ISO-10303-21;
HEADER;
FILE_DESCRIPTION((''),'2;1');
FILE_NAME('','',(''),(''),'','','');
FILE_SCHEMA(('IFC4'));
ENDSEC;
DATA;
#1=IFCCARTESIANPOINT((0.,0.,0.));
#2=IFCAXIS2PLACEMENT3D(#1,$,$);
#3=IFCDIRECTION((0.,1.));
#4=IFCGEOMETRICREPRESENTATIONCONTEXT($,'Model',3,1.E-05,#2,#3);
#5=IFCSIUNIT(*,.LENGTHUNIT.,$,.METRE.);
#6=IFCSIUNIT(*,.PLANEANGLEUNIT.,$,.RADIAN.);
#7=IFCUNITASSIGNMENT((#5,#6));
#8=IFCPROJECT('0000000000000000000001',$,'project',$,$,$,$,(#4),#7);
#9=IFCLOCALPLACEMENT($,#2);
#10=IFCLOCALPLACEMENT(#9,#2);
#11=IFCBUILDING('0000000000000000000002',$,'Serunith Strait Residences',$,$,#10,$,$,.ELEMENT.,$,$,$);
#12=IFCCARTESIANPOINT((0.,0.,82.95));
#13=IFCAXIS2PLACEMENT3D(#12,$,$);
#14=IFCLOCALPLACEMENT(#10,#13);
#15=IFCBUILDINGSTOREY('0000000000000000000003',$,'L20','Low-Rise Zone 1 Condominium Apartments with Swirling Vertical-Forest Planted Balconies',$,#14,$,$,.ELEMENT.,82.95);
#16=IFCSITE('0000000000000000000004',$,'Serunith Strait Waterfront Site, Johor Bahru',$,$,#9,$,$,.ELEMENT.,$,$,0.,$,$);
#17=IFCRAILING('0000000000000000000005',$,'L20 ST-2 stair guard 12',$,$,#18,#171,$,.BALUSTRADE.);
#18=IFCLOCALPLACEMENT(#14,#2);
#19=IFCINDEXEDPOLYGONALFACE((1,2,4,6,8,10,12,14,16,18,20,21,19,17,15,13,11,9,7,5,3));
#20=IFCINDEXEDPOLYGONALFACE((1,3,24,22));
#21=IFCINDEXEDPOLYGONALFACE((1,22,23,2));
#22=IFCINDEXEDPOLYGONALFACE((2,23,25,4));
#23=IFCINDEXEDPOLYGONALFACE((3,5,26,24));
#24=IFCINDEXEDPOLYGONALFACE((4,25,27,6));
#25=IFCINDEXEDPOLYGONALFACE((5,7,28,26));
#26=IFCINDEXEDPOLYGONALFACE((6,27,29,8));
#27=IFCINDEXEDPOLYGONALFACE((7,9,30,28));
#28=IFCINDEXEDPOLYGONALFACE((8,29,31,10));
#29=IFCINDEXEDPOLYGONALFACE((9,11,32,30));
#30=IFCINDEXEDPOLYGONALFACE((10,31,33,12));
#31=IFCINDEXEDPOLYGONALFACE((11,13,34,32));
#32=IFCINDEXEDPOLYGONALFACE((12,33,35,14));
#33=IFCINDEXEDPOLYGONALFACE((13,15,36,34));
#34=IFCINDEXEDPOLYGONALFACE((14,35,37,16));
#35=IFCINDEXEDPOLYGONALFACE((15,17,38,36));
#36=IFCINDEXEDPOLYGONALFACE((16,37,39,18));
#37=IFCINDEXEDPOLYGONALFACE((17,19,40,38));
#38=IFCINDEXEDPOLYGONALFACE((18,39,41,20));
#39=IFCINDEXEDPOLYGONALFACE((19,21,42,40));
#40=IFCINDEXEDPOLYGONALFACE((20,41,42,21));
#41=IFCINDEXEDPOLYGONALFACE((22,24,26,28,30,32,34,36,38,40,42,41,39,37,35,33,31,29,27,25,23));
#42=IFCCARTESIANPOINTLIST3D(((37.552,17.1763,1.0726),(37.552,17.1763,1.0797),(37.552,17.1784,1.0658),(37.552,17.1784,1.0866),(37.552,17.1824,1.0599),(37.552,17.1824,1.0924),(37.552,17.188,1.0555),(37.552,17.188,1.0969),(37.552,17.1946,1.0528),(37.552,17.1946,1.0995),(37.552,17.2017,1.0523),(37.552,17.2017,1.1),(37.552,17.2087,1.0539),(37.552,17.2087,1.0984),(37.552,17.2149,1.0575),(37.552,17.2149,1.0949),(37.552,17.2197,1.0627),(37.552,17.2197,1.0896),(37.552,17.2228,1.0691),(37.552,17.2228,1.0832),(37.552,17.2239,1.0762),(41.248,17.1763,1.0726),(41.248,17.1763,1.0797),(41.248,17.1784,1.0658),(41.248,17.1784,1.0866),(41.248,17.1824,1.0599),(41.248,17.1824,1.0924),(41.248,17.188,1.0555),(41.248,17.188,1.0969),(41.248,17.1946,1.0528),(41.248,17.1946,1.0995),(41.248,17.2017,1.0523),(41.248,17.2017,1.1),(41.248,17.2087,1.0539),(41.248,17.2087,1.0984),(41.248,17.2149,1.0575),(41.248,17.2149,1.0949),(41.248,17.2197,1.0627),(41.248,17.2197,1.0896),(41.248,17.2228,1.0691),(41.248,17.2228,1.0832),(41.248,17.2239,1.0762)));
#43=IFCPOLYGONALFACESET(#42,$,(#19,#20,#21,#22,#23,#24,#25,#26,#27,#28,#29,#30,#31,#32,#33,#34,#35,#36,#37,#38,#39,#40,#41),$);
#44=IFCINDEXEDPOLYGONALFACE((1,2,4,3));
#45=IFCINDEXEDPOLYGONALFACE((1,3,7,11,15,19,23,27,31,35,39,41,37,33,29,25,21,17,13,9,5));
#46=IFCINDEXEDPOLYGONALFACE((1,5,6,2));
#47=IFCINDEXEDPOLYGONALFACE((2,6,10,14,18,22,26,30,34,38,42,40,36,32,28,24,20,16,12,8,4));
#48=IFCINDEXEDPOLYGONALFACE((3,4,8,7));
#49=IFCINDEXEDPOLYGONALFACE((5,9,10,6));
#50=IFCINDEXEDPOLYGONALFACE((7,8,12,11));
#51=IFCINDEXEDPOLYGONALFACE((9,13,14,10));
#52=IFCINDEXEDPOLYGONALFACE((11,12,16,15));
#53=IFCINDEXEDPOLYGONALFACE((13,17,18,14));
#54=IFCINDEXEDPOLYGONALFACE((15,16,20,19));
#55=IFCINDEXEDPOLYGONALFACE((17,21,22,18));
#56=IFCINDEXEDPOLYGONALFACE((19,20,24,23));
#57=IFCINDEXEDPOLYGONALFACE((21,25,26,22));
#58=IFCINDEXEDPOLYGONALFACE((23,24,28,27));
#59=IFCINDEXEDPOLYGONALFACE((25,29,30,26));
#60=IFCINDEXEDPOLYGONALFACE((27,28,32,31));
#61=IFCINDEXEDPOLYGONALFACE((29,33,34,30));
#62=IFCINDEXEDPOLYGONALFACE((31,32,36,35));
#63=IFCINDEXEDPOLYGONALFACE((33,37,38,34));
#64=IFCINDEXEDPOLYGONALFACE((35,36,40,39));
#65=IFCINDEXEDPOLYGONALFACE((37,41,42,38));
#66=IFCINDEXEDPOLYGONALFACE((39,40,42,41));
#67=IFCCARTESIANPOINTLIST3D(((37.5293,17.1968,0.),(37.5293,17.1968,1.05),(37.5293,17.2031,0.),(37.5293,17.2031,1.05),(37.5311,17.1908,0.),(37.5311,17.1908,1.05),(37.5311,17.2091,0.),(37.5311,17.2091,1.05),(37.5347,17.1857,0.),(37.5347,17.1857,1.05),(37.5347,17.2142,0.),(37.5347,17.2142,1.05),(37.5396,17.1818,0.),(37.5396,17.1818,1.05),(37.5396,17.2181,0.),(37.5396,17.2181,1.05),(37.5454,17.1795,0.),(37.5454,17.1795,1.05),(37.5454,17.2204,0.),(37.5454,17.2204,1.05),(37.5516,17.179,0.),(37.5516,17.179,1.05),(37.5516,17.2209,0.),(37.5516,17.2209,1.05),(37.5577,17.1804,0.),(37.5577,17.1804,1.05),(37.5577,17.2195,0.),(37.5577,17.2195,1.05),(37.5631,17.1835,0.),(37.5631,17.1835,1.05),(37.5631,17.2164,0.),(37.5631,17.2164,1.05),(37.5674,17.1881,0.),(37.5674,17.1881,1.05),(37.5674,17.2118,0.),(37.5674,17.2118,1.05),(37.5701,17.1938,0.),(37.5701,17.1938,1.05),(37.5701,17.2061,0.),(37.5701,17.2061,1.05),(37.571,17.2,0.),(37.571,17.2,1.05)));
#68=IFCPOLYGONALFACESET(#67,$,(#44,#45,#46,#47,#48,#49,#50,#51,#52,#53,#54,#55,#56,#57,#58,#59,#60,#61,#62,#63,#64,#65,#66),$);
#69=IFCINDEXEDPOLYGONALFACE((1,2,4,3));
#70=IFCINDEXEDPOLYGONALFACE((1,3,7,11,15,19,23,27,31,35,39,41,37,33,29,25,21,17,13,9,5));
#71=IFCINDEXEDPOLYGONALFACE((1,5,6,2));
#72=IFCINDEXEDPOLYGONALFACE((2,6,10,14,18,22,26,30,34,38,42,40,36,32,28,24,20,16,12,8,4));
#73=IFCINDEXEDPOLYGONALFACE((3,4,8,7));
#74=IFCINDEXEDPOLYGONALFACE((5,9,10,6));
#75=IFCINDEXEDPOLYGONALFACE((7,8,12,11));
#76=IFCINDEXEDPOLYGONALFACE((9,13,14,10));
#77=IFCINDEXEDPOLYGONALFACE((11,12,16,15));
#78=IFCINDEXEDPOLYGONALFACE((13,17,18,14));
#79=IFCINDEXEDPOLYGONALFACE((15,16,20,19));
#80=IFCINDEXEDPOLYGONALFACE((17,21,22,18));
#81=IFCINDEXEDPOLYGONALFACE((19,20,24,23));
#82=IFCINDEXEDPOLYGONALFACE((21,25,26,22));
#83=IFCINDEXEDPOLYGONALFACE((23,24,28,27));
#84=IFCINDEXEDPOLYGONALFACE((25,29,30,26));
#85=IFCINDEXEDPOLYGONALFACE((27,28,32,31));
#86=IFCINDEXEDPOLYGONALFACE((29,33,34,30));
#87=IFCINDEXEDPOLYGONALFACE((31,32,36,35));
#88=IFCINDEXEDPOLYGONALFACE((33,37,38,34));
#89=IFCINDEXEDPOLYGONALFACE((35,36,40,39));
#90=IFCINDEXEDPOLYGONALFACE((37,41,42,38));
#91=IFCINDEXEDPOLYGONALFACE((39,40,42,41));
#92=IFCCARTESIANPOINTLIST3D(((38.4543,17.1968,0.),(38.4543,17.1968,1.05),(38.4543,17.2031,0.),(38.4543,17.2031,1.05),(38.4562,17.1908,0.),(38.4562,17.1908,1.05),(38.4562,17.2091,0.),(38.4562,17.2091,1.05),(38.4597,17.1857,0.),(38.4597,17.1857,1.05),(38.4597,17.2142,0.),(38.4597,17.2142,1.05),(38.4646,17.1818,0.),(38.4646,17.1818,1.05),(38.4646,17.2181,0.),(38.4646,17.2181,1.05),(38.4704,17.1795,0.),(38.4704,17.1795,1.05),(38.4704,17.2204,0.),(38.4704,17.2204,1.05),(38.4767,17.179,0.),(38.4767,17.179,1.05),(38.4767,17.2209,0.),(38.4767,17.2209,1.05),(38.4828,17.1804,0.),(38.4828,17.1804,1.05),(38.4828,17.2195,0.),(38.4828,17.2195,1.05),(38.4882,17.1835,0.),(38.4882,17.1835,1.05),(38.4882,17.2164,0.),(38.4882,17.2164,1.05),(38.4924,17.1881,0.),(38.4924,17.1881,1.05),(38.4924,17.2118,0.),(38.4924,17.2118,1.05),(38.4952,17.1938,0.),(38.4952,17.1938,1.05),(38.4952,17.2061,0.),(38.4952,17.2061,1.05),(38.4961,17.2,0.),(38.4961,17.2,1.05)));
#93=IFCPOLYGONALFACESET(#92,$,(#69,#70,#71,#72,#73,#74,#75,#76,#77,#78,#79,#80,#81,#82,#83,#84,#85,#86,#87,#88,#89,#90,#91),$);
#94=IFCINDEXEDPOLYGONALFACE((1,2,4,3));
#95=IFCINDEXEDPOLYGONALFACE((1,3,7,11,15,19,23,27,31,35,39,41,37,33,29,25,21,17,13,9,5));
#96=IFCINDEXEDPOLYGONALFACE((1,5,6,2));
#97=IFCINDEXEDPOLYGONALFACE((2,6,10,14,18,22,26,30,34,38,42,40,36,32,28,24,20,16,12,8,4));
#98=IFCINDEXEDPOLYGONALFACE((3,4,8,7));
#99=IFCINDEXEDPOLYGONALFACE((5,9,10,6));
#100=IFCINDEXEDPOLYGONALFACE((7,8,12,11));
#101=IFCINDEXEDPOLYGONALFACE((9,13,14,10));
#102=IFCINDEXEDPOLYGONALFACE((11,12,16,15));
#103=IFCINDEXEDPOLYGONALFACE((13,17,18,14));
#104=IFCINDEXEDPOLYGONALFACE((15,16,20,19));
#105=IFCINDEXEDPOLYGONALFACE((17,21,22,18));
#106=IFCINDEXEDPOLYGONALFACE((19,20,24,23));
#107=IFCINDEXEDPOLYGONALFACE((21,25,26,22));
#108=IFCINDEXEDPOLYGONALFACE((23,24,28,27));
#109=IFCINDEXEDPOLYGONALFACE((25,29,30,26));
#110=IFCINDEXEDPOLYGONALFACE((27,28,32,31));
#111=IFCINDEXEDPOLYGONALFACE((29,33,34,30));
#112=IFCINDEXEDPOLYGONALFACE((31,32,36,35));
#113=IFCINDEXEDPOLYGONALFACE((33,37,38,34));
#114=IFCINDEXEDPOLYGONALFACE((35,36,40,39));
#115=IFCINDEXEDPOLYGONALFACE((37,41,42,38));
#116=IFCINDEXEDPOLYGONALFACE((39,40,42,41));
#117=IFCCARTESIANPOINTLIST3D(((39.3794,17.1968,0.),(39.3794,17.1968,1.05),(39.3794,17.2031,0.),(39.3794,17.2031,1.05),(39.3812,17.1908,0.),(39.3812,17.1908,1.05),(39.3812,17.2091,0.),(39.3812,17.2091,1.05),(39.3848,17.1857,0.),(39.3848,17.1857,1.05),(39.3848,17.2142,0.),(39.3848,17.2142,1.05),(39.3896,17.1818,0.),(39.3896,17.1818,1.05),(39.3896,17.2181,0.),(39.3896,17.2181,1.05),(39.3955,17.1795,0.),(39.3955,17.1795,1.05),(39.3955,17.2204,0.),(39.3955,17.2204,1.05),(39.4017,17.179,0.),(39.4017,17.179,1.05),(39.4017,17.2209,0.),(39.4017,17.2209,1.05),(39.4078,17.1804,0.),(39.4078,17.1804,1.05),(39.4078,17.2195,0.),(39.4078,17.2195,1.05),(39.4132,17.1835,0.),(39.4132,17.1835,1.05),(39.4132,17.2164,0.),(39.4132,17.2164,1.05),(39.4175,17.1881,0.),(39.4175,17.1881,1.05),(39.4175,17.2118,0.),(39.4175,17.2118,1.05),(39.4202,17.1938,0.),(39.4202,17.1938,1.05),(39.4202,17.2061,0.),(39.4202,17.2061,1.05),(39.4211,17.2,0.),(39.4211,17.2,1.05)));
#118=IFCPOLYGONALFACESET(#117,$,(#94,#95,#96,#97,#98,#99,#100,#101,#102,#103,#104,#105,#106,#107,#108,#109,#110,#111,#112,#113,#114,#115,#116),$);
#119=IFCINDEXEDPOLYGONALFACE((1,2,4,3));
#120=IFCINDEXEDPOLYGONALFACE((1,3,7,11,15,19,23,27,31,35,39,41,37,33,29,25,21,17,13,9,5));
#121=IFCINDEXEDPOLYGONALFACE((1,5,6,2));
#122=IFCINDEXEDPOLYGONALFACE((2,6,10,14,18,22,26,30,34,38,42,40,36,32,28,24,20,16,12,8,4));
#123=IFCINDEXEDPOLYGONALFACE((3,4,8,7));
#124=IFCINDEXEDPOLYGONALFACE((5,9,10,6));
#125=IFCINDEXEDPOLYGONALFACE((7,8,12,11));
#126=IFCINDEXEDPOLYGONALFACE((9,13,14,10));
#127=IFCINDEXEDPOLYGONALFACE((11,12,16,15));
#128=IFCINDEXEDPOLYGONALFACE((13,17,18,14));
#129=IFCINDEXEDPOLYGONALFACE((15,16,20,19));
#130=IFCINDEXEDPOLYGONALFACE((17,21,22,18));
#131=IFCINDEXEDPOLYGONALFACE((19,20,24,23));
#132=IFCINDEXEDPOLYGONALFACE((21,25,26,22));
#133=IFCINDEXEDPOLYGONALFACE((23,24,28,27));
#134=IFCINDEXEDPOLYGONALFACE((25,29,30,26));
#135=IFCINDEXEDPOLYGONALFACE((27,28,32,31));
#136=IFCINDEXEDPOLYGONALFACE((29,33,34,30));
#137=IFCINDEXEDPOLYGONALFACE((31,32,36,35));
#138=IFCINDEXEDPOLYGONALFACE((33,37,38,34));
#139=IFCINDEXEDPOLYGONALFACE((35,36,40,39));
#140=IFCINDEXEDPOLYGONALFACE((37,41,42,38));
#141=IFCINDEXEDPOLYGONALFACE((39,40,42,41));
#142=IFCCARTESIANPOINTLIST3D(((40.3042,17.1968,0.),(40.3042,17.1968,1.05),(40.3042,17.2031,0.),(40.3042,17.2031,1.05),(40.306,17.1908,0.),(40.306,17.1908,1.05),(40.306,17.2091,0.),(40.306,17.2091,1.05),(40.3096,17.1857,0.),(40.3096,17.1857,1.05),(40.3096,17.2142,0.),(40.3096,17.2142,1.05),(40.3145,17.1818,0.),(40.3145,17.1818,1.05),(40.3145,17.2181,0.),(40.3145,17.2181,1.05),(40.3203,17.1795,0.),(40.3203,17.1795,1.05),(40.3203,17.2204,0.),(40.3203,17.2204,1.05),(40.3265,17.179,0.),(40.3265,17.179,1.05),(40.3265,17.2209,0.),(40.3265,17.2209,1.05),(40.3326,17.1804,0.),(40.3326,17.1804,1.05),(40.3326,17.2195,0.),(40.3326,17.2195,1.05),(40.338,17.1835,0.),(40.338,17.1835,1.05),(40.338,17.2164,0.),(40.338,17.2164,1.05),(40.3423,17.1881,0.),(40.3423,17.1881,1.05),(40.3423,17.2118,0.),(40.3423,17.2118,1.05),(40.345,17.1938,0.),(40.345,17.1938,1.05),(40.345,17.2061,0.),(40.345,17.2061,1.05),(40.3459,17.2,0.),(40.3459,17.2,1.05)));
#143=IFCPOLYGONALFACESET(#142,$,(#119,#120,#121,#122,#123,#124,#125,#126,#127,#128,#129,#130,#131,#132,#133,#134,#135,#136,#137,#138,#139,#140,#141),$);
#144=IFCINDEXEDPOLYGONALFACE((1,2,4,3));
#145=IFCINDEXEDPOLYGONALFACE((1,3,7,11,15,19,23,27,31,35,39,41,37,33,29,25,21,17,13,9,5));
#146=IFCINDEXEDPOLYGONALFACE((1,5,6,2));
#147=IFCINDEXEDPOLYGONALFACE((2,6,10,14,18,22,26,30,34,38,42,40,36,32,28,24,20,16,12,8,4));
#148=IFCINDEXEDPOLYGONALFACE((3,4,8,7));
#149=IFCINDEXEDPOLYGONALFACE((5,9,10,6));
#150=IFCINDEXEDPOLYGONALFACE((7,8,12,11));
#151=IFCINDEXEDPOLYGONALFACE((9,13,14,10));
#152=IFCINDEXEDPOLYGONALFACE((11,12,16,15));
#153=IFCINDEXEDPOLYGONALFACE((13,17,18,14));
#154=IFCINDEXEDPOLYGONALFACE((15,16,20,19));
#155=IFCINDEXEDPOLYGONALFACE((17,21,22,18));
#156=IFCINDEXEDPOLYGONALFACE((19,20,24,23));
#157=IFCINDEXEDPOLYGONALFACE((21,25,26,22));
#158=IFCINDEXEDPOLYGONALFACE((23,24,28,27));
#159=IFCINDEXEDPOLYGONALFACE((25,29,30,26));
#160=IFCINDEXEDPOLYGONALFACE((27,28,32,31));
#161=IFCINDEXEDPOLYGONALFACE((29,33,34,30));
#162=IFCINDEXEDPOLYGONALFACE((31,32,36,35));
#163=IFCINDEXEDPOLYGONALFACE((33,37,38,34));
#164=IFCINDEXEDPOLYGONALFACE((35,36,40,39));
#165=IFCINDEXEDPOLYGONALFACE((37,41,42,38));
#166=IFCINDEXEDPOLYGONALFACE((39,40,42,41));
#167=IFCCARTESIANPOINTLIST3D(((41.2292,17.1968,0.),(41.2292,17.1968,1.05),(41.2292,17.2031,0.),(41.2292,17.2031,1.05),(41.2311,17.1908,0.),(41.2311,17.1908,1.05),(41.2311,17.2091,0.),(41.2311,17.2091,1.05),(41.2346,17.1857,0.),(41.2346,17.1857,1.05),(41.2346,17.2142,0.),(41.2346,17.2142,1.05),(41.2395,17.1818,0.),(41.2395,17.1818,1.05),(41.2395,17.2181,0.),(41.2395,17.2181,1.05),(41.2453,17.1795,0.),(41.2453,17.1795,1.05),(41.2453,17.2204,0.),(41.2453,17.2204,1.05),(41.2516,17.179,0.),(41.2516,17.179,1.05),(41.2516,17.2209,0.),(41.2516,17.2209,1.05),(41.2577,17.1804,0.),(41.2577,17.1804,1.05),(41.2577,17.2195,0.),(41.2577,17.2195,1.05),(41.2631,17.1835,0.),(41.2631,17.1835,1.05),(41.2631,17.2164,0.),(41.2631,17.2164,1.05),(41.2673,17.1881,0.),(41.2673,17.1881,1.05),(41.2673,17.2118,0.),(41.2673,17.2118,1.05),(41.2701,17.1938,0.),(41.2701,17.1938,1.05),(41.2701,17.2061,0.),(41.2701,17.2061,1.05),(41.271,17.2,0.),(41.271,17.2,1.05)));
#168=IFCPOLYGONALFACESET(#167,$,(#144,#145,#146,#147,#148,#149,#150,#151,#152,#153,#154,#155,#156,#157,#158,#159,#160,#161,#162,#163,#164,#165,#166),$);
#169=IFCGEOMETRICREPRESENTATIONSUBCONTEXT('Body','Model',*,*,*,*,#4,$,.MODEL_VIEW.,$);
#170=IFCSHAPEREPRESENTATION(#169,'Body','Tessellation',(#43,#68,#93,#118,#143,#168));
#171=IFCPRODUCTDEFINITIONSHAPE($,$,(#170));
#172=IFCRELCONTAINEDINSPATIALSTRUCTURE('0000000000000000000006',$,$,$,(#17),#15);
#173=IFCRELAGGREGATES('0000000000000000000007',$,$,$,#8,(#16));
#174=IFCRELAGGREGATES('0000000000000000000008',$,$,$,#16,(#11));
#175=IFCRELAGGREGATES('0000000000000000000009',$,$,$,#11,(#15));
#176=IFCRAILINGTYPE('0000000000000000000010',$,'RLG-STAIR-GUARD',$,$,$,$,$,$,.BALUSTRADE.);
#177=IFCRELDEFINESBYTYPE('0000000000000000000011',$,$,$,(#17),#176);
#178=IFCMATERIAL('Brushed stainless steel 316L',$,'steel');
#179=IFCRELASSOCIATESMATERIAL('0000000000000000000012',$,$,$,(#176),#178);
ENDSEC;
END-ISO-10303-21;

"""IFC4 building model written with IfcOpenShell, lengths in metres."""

from ifc_helpers import new_model, si_unit, direction, frame, origin, origin_2d, place, context, subcontext, project, spatial, circle, extrude, material, type_object, element, save


model = new_model("IFC4")

# Units and contexts
model_context = context("Model", 3, precision=1e-05, world=origin(), true_north=direction((0.0, 1.0)))
body_context = subcontext(model_context, "Body", "Model", "MODEL_VIEW")
ifc_project = project(units=[si_unit("LENGTHUNIT", "METRE"), si_unit("PLANEANGLEUNIT", "RADIAN")], contexts=[model_context])

# Site, building, storey
site_placement = place(None, origin())
site = spatial("IfcSite", under=ifc_project, at=site_placement, Name="Serunith Strait Waterfront Site, Johor Bahru", CompositionType="ELEMENT", RefElevation=0.0)
building_placement = place(site_placement, origin())
building = spatial("IfcBuilding", under=site, at=building_placement, Name="Serunith Strait Residences", CompositionType="ELEMENT")
storey_placement = place(building_placement, frame((0.0, 0.0, 82.95)))
storey = spatial("IfcBuildingStorey", under=building, at=storey_placement, Name="L20", Description="Low-Rise Zone 1 Condominium Apartments with Swirling Vertical-Forest Planted Balconies", CompositionType="ELEMENT", Elevation=82.95)

# Railing
ifc_material_1 = material(Name="Brushed stainless steel 316L", Category="steel")
railing_type_1 = type_object("IfcRailingType", Name="RLG-STAIR-GUARD", PredefinedType="BALUSTRADE", material=ifc_material_1)
railing_1_placement = place(storey_placement, frame((37.55, 17.2, 0.0)))
element("IfcRailing", 1, at=railing_1_placement, inside=storey, type_object=railing_type_1, Name="L20 ST-2 stair guard 12", PredefinedType="BALUSTRADE", context=body_context, shape_type="SweptSolid", body=[
    extrude(circle(Radius=0.0239, at=origin_2d()), frame((0.002, 0.0, 1.0762), z_axis=(1.0, 0.0, 0.0), x_axis=(0.0, 1.0, 0.0)), (0.0, 0.0, 1.0), 3.696),
    extrude(circle(Radius=0.021, at=origin_2d()), origin(), (0.0, 0.0, 1.0), 1.05),
    extrude(circle(Radius=0.021, at=origin_2d()), frame((0.925, 0.0, 0.0)), (0.0, 0.0, 1.0), 1.05),
    extrude(circle(Radius=0.021, at=origin_2d()), frame((1.8501, 0.0, 0.0)), (0.0, 0.0, 1.0), 1.05),
    extrude(circle(Radius=0.021, at=origin_2d()), frame((2.7749, 0.0, 0.0)), (0.0, 0.0, 1.0), 1.05),
    extrude(circle(Radius=0.021, at=origin_2d()), frame((3.7, 0.0, 0.0)), (0.0, 0.0, 1.0), 1.05),
])

save(model, "model.ifc")
